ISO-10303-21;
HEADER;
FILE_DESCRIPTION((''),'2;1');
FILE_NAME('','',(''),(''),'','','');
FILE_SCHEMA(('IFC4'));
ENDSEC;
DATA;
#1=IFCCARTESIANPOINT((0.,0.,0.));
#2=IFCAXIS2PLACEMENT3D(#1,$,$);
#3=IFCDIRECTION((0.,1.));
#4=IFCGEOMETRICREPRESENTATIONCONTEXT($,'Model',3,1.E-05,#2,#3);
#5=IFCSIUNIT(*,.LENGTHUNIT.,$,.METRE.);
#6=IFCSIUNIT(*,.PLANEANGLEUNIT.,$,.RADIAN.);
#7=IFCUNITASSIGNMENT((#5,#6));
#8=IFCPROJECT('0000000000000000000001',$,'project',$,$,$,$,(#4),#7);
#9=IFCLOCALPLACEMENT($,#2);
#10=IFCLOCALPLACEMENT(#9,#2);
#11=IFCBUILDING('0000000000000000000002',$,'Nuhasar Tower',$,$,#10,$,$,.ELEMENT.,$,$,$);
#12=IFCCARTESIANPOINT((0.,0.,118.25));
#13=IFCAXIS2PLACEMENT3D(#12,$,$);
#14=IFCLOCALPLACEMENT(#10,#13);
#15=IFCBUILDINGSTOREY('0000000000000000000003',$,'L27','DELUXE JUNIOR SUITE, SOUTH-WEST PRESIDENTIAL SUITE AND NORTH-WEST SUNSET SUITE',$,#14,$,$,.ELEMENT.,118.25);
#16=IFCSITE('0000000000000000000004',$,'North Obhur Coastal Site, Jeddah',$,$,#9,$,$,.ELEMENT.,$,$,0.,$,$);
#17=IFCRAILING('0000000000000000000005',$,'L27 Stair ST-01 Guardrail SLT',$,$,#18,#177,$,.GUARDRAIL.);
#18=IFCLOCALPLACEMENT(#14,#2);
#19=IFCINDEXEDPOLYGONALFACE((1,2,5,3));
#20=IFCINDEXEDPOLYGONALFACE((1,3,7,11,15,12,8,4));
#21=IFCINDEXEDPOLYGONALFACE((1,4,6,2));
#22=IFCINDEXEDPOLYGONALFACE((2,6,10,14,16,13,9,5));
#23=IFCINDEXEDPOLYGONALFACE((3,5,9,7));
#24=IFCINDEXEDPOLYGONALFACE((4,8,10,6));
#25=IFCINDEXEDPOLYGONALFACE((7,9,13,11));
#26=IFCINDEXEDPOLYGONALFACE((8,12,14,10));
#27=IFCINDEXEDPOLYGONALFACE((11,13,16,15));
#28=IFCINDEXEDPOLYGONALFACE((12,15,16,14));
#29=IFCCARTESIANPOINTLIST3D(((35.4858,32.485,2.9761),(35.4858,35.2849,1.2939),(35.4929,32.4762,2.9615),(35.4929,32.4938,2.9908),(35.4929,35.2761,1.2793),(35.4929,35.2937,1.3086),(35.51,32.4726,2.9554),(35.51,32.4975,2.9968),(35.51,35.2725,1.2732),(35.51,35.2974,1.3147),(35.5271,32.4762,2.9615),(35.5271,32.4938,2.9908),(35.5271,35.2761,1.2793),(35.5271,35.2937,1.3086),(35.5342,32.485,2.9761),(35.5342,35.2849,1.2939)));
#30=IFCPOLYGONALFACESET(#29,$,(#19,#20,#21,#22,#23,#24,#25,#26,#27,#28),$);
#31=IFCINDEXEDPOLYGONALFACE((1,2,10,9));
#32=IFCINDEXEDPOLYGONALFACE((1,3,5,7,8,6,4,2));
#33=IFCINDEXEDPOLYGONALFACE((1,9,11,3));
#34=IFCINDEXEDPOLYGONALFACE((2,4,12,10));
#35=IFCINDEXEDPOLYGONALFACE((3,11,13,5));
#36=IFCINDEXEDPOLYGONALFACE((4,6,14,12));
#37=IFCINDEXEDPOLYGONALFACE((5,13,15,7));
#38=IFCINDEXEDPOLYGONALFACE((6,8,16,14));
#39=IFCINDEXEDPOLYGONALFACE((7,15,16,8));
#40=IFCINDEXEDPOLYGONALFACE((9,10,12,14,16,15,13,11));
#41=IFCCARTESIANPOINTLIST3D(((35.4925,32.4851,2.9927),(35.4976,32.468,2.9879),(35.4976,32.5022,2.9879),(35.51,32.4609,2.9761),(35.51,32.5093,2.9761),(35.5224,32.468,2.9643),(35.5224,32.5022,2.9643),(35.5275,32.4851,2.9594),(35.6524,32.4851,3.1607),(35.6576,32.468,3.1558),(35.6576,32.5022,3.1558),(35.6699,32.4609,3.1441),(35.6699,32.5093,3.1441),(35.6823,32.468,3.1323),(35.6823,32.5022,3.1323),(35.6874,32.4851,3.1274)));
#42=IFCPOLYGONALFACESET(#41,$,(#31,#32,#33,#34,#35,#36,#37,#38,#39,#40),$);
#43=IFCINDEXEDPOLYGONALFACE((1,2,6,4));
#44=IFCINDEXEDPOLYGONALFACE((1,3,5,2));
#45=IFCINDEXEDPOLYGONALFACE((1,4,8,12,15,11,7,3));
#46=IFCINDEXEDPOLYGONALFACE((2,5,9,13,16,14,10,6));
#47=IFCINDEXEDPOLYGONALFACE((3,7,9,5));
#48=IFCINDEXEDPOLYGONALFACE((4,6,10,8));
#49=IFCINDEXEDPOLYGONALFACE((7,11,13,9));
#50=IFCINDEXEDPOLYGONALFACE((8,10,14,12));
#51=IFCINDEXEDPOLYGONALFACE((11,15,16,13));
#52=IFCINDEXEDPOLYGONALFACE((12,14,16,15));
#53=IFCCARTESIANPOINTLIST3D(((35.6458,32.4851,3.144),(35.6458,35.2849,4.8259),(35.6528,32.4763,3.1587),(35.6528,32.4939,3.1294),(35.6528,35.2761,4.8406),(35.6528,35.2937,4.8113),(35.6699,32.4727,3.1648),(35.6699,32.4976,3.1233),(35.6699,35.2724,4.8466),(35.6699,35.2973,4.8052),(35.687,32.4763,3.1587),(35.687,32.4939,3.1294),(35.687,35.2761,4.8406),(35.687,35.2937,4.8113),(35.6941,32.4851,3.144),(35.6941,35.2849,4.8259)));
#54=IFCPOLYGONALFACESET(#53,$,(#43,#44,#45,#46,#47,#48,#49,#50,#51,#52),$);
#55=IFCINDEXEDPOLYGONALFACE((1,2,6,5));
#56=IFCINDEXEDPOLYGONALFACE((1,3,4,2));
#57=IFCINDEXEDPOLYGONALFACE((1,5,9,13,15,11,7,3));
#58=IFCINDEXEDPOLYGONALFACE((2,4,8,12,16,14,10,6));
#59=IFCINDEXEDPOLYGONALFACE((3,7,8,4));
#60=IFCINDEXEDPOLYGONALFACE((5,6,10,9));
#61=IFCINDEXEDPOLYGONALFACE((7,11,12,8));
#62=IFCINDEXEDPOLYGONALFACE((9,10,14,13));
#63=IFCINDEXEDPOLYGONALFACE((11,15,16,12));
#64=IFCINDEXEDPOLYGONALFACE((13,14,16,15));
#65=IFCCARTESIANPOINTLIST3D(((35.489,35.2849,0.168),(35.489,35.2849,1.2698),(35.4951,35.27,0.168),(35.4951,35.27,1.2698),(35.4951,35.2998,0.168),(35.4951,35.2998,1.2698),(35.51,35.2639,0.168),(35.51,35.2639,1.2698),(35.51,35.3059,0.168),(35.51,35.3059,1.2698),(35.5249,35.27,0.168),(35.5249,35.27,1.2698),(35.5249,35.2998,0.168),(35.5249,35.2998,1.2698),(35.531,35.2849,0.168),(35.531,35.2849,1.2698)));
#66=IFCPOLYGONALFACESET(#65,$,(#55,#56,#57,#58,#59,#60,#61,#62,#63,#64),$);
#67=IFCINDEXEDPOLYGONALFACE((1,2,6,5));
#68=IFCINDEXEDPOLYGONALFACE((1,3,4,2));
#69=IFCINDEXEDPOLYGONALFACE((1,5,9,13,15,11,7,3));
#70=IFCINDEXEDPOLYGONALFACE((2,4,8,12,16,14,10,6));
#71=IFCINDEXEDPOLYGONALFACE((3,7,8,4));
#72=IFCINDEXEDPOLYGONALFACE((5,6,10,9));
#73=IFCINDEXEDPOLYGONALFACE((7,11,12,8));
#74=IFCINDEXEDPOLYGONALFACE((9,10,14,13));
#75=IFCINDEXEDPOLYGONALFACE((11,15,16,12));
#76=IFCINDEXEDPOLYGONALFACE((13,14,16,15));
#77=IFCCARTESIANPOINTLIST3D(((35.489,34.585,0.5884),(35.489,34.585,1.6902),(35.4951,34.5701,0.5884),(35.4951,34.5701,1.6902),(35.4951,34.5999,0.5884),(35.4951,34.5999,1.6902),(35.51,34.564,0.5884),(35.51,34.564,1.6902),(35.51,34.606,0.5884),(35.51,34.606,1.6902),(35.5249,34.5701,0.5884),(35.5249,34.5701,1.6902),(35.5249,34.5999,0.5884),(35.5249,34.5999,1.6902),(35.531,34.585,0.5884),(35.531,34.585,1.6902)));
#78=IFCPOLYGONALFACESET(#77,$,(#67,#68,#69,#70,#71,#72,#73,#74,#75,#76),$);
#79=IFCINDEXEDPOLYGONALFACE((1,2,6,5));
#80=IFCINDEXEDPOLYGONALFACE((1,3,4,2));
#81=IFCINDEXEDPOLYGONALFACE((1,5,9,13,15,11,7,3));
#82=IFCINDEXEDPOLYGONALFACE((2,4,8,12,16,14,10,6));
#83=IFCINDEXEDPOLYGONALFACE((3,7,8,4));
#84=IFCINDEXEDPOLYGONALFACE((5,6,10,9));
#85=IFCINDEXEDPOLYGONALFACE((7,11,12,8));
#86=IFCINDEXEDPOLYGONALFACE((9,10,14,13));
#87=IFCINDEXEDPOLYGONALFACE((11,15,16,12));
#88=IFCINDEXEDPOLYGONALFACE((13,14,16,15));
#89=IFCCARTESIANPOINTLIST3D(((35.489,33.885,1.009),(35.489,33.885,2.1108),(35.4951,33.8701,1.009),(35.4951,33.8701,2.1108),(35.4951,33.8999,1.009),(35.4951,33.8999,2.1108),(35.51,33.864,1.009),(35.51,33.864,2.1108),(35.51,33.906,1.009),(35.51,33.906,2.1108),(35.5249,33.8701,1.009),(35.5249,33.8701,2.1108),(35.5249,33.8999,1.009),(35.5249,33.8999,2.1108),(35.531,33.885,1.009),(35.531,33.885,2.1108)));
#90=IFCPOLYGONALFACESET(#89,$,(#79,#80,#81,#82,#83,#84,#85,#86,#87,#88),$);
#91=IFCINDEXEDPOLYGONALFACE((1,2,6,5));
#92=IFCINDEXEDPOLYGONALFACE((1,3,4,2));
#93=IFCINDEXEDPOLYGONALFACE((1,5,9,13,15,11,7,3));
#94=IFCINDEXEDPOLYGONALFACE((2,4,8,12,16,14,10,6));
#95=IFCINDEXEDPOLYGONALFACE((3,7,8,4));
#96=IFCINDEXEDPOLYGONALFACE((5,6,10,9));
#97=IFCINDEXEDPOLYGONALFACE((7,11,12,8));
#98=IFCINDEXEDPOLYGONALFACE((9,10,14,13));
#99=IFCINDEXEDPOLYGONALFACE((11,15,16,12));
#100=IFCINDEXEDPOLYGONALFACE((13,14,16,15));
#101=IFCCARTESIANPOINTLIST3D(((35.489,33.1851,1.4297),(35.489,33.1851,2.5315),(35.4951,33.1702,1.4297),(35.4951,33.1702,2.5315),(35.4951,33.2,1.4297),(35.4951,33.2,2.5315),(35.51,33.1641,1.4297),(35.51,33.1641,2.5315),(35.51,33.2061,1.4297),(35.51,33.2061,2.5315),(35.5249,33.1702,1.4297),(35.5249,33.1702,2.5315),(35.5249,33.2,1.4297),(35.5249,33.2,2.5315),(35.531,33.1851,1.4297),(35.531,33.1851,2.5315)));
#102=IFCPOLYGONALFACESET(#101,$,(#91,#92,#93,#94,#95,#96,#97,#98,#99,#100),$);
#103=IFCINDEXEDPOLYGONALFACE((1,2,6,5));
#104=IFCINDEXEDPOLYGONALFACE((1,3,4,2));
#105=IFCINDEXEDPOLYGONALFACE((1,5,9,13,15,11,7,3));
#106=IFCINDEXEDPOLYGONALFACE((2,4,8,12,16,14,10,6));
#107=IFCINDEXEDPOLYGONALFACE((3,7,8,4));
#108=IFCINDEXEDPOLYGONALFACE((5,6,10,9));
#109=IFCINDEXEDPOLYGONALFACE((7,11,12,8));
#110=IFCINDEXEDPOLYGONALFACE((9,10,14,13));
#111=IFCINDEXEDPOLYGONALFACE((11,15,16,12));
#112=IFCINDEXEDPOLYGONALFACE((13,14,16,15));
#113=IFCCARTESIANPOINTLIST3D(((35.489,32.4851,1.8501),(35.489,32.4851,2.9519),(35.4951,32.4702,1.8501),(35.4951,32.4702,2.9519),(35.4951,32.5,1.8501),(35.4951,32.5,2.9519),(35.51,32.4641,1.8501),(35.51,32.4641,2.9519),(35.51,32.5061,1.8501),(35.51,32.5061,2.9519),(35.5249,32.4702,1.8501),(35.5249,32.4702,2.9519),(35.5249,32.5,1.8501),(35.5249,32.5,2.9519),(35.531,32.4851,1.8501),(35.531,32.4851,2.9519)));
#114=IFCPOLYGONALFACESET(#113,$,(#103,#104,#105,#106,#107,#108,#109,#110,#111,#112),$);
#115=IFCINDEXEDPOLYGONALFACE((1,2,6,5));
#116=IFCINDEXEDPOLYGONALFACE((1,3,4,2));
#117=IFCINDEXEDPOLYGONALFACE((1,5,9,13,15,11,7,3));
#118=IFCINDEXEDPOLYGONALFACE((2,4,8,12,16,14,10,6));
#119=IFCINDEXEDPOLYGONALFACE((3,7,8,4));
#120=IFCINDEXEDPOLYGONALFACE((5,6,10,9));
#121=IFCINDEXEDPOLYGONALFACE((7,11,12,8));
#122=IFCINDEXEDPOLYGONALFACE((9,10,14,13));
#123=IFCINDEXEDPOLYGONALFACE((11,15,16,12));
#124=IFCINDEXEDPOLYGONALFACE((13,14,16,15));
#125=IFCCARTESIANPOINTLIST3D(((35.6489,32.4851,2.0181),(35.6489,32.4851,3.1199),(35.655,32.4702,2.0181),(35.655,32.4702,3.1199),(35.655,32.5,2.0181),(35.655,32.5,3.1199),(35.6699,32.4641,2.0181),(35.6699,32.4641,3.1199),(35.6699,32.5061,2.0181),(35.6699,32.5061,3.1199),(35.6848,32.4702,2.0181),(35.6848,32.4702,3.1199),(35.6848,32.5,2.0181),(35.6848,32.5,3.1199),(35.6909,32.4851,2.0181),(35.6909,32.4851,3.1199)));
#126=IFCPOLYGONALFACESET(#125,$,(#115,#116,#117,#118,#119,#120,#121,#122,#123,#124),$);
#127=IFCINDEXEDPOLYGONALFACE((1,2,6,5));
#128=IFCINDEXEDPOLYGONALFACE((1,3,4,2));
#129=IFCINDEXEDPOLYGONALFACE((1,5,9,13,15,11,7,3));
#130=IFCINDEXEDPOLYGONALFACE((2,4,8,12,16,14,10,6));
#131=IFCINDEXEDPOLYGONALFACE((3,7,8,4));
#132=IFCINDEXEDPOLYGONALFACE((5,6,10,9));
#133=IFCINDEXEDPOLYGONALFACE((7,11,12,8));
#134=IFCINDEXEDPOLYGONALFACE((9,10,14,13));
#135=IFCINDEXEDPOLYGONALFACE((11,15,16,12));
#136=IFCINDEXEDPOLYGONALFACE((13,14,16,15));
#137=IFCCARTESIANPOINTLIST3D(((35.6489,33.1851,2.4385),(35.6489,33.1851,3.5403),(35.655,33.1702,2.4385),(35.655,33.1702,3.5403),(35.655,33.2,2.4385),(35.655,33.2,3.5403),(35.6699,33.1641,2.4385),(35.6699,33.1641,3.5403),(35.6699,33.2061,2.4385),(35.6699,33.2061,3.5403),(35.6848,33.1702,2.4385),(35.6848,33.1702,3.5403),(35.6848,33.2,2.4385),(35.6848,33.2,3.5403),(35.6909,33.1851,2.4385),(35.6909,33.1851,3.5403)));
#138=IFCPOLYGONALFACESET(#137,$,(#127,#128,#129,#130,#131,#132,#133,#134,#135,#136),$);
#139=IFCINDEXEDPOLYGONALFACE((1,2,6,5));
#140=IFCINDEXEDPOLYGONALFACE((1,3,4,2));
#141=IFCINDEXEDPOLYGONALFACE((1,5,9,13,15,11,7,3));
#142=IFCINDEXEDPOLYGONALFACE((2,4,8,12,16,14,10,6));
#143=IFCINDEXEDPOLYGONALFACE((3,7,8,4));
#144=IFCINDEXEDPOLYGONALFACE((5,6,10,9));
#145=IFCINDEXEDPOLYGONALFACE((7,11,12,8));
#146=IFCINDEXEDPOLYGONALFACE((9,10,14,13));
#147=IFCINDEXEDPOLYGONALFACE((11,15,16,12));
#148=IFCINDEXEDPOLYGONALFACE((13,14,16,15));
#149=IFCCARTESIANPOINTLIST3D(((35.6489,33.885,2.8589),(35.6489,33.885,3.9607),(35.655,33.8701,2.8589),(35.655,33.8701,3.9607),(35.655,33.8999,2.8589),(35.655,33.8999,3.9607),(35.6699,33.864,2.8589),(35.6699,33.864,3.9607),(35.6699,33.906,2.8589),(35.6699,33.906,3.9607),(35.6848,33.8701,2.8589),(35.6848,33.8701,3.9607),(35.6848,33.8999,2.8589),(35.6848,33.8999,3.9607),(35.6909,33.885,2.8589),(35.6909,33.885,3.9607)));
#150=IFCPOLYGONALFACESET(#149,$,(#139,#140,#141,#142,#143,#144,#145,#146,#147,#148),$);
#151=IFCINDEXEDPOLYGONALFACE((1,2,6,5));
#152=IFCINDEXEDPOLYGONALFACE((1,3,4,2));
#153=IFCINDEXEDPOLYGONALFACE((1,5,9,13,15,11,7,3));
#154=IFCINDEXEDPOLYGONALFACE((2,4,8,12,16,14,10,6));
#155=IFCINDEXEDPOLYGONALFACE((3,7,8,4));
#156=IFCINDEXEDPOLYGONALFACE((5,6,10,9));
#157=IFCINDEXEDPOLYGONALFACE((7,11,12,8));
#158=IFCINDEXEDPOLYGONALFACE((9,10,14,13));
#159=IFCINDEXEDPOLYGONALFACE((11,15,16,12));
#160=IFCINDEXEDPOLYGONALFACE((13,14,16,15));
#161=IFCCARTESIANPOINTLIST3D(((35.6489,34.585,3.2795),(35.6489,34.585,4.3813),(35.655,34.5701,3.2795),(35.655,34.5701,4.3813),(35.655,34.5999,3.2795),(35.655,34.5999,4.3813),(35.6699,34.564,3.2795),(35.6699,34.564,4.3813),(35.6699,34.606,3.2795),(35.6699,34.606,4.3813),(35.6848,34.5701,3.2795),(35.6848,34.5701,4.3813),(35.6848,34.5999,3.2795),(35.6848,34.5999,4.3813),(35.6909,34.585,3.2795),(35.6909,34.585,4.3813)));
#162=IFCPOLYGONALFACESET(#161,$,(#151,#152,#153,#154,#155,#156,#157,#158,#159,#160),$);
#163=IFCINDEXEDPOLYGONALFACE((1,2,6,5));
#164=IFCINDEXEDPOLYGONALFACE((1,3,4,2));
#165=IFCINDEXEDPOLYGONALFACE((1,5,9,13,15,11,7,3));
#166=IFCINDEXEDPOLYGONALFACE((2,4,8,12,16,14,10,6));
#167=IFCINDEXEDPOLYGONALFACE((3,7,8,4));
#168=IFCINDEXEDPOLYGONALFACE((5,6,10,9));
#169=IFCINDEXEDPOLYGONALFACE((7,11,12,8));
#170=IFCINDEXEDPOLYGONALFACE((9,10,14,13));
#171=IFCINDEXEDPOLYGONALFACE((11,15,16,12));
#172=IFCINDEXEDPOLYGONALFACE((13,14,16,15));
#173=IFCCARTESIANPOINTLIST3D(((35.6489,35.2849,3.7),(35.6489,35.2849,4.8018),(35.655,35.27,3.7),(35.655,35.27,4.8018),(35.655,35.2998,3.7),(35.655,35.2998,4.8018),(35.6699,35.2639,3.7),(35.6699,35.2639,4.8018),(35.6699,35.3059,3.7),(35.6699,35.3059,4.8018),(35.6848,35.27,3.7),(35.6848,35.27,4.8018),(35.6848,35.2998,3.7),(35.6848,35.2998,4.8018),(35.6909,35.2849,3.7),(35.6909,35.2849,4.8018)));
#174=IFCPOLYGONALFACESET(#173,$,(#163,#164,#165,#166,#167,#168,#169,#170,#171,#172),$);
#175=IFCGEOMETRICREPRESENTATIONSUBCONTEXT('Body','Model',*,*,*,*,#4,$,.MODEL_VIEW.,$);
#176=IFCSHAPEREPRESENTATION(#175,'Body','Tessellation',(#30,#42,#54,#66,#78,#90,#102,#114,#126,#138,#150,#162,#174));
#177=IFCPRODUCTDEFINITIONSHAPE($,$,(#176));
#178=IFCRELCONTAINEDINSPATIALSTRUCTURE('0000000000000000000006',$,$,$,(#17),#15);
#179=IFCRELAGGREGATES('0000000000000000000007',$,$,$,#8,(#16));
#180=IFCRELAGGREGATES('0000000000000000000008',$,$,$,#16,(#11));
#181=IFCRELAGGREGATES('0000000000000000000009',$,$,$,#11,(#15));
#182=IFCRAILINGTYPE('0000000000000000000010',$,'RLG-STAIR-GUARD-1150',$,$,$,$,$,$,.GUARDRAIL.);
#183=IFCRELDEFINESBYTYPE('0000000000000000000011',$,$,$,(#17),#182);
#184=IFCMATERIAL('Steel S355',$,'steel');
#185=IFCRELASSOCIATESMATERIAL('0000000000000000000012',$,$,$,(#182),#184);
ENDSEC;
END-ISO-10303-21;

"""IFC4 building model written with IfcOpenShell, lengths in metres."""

from ifc_helpers import new_model, si_unit, direction, frame, origin, place, context, subcontext, project, spatial, polyline, outline, extrude, material, type_object, element, save


model = new_model("IFC4")

# Units and contexts
model_context = context("Model", 3, precision=1e-05, world=origin(), true_north=direction((0.0, 1.0)))
body_context = subcontext(model_context, "Body", "Model", "MODEL_VIEW")
ifc_project = project(units=[si_unit("LENGTHUNIT", "METRE"), si_unit("PLANEANGLEUNIT", "RADIAN")], contexts=[model_context])

# Site, building, storey
site_placement = place(None, origin())
site = spatial("IfcSite", under=ifc_project, at=site_placement, Name="North Obhur Coastal Site, Jeddah", CompositionType="ELEMENT", RefElevation=0.0)
building_placement = place(site_placement, origin())
building = spatial("IfcBuilding", under=site, at=building_placement, Name="Nuhasar Tower", CompositionType="ELEMENT")
storey_placement = place(building_placement, frame((0.0, 0.0, 118.25)))
storey = spatial("IfcBuildingStorey", under=building, at=storey_placement, Name="L27", Description="DELUXE JUNIOR SUITE, SOUTH-WEST PRESIDENTIAL SUITE AND NORTH-WEST SUNSET SUITE", CompositionType="ELEMENT", Elevation=118.25)

# Shared definitions
ifc_material_1 = material(Name="Steel S355", Category="steel")

# Railing
railing_type_1 = type_object("IfcRailingType", Name="RLG-STAIR-GUARD-1150", PredefinedType="GUARDRAIL", material=ifc_material_1)
railing_1_placement = place(storey_placement, frame((35.51, 35.2849, 0.168)))
element("IfcRailing", 1, at=railing_1_placement, inside=storey, type_object=railing_type_1, Name="L27 Stair ST-01 Guardrail SLT", PredefinedType="GUARDRAIL", context=body_context, shape_type="SweptSolid", body=[
    extrude(outline(polyline([(0.0242, 0.0), (0.0171, 0.0171), (0.0, 0.0242), (-0.0171, 0.0171), (-0.0242, 0.0), (-0.0171, -0.0171), (0.0, -0.0242), (0.0171, -0.0171), (0.0242, 0.0)])), frame((0.0, 0.0, 1.126), z_axis=(0.0, -0.857189, 0.515001), x_axis=(1.0, 0.0, 0.0)), (0.0, 0.0, 1.0), 3.2664),
    extrude(outline(polyline([(0.0242, 0.0), (0.0171, 0.0171), (0.0, 0.0242), (-0.0171, 0.0171), (-0.0242, 0.0), (-0.0171, -0.0171), (0.0, -0.0242), (0.0171, -0.0171), (0.0242, 0.0)])), frame((0.0, -2.7998, 2.8081), z_axis=(0.689524, 0.0, 0.724263), x_axis=(0.0, 1.0, 0.0)), (0.0, 0.0, 1.0), 0.2319),
    extrude(outline(polyline([(0.0242, 0.0), (0.0171, 0.0171), (0.0, 0.0242), (-0.0171, 0.0171), (-0.0242, 0.0), (-0.0171, -0.0171), (0.0, -0.0242), (0.0171, -0.0171), (0.0242, 0.0)])), frame((0.1599, -2.7998, 2.9761), z_axis=(0.0, 0.857222, 0.514946), x_axis=(-1.0, 0.0, 0.0)), (0.0, 0.0, 1.0), 3.2661),
    extrude(outline(polyline([(0.021, 0.0), (0.0149, 0.0149), (0.0, 0.021), (-0.0149, 0.0149), (-0.021, 0.0), (-0.0149, -0.0149), (0.0, -0.021), (0.0149, -0.0149), (0.021, 0.0)])), origin(), (0.0, 0.0, 1.0), 1.1018),
    extrude(outline(polyline([(0.021, 0.0), (0.0149, 0.0149), (0.0, 0.021), (-0.0149, 0.0149), (-0.021, 0.0), (-0.0149, -0.0149), (0.0, -0.021), (0.0149, -0.0149), (0.021, 0.0)])), frame((0.0, -0.7, 0.4204)), (0.0, 0.0, 1.0), 1.1018),
    extrude(outline(polyline([(0.021, 0.0), (0.0149, 0.0149), (0.0, 0.021), (-0.0149, 0.0149), (-0.021, 0.0), (-0.0149, -0.0149), (0.0, -0.021), (0.0149, -0.0149), (0.021, 0.0)])), frame((0.0, -1.3999, 0.8411)), (0.0, 0.0, 1.0), 1.1018),
    extrude(outline(polyline([(0.021, 0.0), (0.0149, 0.0149), (0.0, 0.021), (-0.0149, 0.0149), (-0.021, 0.0), (-0.0149, -0.0149), (0.0, -0.021), (0.0149, -0.0149), (0.021, 0.0)])), frame((0.0, -2.0999, 1.2617)), (0.0, 0.0, 1.0), 1.1018),
    extrude(outline(polyline([(0.021, 0.0), (0.0149, 0.0149), (0.0, 0.021), (-0.0149, 0.0149), (-0.021, 0.0), (-0.0149, -0.0149), (0.0, -0.021), (0.0149, -0.0149), (0.021, 0.0)])), frame((0.0, -2.7998, 1.6821)), (0.0, 0.0, 1.0), 1.1018),
    extrude(outline(polyline([(0.021, 0.0), (0.0149, 0.0149), (0.0, 0.021), (-0.0149, 0.0149), (-0.021, 0.0), (-0.0149, -0.0149), (0.0, -0.021), (0.0149, -0.0149), (0.021, 0.0)])), frame((0.1599, -2.7998, 1.8501)), (0.0, 0.0, 1.0), 1.1018),
    extrude(outline(polyline([(0.021, 0.0), (0.0149, 0.0149), (0.0, 0.021), (-0.0149, 0.0149), (-0.021, 0.0), (-0.0149, -0.0149), (0.0, -0.021), (0.0149, -0.0149), (0.021, 0.0)])), frame((0.1599, -2.0999, 2.2705)), (0.0, 0.0, 1.0), 1.1018),
    extrude(outline(polyline([(0.021, 0.0), (0.0149, 0.0149), (0.0, 0.021), (-0.0149, 0.0149), (-0.021, 0.0), (-0.0149, -0.0149), (0.0, -0.021), (0.0149, -0.0149), (0.021, 0.0)])), frame((0.1599, -1.3999, 2.6909)), (0.0, 0.0, 1.0), 1.1018),
    extrude(outline(polyline([(0.021, 0.0), (0.0149, 0.0149), (0.0, 0.021), (-0.0149, 0.0149), (-0.021, 0.0), (-0.0149, -0.0149), (0.0, -0.021), (0.0149, -0.0149), (0.021, 0.0)])), frame((0.1599, -0.7, 3.1116)), (0.0, 0.0, 1.0), 1.1018),
    extrude(outline(polyline([(0.021, 0.0), (0.0149, 0.0149), (0.0, 0.021), (-0.0149, 0.0149), (-0.021, 0.0), (-0.0149, -0.0149), (0.0, -0.021), (0.0149, -0.0149), (0.021, 0.0)])), frame((0.1599, 0.0, 3.532)), (0.0, 0.0, 1.0), 1.1018),
])

save(model, "model.ifc")
